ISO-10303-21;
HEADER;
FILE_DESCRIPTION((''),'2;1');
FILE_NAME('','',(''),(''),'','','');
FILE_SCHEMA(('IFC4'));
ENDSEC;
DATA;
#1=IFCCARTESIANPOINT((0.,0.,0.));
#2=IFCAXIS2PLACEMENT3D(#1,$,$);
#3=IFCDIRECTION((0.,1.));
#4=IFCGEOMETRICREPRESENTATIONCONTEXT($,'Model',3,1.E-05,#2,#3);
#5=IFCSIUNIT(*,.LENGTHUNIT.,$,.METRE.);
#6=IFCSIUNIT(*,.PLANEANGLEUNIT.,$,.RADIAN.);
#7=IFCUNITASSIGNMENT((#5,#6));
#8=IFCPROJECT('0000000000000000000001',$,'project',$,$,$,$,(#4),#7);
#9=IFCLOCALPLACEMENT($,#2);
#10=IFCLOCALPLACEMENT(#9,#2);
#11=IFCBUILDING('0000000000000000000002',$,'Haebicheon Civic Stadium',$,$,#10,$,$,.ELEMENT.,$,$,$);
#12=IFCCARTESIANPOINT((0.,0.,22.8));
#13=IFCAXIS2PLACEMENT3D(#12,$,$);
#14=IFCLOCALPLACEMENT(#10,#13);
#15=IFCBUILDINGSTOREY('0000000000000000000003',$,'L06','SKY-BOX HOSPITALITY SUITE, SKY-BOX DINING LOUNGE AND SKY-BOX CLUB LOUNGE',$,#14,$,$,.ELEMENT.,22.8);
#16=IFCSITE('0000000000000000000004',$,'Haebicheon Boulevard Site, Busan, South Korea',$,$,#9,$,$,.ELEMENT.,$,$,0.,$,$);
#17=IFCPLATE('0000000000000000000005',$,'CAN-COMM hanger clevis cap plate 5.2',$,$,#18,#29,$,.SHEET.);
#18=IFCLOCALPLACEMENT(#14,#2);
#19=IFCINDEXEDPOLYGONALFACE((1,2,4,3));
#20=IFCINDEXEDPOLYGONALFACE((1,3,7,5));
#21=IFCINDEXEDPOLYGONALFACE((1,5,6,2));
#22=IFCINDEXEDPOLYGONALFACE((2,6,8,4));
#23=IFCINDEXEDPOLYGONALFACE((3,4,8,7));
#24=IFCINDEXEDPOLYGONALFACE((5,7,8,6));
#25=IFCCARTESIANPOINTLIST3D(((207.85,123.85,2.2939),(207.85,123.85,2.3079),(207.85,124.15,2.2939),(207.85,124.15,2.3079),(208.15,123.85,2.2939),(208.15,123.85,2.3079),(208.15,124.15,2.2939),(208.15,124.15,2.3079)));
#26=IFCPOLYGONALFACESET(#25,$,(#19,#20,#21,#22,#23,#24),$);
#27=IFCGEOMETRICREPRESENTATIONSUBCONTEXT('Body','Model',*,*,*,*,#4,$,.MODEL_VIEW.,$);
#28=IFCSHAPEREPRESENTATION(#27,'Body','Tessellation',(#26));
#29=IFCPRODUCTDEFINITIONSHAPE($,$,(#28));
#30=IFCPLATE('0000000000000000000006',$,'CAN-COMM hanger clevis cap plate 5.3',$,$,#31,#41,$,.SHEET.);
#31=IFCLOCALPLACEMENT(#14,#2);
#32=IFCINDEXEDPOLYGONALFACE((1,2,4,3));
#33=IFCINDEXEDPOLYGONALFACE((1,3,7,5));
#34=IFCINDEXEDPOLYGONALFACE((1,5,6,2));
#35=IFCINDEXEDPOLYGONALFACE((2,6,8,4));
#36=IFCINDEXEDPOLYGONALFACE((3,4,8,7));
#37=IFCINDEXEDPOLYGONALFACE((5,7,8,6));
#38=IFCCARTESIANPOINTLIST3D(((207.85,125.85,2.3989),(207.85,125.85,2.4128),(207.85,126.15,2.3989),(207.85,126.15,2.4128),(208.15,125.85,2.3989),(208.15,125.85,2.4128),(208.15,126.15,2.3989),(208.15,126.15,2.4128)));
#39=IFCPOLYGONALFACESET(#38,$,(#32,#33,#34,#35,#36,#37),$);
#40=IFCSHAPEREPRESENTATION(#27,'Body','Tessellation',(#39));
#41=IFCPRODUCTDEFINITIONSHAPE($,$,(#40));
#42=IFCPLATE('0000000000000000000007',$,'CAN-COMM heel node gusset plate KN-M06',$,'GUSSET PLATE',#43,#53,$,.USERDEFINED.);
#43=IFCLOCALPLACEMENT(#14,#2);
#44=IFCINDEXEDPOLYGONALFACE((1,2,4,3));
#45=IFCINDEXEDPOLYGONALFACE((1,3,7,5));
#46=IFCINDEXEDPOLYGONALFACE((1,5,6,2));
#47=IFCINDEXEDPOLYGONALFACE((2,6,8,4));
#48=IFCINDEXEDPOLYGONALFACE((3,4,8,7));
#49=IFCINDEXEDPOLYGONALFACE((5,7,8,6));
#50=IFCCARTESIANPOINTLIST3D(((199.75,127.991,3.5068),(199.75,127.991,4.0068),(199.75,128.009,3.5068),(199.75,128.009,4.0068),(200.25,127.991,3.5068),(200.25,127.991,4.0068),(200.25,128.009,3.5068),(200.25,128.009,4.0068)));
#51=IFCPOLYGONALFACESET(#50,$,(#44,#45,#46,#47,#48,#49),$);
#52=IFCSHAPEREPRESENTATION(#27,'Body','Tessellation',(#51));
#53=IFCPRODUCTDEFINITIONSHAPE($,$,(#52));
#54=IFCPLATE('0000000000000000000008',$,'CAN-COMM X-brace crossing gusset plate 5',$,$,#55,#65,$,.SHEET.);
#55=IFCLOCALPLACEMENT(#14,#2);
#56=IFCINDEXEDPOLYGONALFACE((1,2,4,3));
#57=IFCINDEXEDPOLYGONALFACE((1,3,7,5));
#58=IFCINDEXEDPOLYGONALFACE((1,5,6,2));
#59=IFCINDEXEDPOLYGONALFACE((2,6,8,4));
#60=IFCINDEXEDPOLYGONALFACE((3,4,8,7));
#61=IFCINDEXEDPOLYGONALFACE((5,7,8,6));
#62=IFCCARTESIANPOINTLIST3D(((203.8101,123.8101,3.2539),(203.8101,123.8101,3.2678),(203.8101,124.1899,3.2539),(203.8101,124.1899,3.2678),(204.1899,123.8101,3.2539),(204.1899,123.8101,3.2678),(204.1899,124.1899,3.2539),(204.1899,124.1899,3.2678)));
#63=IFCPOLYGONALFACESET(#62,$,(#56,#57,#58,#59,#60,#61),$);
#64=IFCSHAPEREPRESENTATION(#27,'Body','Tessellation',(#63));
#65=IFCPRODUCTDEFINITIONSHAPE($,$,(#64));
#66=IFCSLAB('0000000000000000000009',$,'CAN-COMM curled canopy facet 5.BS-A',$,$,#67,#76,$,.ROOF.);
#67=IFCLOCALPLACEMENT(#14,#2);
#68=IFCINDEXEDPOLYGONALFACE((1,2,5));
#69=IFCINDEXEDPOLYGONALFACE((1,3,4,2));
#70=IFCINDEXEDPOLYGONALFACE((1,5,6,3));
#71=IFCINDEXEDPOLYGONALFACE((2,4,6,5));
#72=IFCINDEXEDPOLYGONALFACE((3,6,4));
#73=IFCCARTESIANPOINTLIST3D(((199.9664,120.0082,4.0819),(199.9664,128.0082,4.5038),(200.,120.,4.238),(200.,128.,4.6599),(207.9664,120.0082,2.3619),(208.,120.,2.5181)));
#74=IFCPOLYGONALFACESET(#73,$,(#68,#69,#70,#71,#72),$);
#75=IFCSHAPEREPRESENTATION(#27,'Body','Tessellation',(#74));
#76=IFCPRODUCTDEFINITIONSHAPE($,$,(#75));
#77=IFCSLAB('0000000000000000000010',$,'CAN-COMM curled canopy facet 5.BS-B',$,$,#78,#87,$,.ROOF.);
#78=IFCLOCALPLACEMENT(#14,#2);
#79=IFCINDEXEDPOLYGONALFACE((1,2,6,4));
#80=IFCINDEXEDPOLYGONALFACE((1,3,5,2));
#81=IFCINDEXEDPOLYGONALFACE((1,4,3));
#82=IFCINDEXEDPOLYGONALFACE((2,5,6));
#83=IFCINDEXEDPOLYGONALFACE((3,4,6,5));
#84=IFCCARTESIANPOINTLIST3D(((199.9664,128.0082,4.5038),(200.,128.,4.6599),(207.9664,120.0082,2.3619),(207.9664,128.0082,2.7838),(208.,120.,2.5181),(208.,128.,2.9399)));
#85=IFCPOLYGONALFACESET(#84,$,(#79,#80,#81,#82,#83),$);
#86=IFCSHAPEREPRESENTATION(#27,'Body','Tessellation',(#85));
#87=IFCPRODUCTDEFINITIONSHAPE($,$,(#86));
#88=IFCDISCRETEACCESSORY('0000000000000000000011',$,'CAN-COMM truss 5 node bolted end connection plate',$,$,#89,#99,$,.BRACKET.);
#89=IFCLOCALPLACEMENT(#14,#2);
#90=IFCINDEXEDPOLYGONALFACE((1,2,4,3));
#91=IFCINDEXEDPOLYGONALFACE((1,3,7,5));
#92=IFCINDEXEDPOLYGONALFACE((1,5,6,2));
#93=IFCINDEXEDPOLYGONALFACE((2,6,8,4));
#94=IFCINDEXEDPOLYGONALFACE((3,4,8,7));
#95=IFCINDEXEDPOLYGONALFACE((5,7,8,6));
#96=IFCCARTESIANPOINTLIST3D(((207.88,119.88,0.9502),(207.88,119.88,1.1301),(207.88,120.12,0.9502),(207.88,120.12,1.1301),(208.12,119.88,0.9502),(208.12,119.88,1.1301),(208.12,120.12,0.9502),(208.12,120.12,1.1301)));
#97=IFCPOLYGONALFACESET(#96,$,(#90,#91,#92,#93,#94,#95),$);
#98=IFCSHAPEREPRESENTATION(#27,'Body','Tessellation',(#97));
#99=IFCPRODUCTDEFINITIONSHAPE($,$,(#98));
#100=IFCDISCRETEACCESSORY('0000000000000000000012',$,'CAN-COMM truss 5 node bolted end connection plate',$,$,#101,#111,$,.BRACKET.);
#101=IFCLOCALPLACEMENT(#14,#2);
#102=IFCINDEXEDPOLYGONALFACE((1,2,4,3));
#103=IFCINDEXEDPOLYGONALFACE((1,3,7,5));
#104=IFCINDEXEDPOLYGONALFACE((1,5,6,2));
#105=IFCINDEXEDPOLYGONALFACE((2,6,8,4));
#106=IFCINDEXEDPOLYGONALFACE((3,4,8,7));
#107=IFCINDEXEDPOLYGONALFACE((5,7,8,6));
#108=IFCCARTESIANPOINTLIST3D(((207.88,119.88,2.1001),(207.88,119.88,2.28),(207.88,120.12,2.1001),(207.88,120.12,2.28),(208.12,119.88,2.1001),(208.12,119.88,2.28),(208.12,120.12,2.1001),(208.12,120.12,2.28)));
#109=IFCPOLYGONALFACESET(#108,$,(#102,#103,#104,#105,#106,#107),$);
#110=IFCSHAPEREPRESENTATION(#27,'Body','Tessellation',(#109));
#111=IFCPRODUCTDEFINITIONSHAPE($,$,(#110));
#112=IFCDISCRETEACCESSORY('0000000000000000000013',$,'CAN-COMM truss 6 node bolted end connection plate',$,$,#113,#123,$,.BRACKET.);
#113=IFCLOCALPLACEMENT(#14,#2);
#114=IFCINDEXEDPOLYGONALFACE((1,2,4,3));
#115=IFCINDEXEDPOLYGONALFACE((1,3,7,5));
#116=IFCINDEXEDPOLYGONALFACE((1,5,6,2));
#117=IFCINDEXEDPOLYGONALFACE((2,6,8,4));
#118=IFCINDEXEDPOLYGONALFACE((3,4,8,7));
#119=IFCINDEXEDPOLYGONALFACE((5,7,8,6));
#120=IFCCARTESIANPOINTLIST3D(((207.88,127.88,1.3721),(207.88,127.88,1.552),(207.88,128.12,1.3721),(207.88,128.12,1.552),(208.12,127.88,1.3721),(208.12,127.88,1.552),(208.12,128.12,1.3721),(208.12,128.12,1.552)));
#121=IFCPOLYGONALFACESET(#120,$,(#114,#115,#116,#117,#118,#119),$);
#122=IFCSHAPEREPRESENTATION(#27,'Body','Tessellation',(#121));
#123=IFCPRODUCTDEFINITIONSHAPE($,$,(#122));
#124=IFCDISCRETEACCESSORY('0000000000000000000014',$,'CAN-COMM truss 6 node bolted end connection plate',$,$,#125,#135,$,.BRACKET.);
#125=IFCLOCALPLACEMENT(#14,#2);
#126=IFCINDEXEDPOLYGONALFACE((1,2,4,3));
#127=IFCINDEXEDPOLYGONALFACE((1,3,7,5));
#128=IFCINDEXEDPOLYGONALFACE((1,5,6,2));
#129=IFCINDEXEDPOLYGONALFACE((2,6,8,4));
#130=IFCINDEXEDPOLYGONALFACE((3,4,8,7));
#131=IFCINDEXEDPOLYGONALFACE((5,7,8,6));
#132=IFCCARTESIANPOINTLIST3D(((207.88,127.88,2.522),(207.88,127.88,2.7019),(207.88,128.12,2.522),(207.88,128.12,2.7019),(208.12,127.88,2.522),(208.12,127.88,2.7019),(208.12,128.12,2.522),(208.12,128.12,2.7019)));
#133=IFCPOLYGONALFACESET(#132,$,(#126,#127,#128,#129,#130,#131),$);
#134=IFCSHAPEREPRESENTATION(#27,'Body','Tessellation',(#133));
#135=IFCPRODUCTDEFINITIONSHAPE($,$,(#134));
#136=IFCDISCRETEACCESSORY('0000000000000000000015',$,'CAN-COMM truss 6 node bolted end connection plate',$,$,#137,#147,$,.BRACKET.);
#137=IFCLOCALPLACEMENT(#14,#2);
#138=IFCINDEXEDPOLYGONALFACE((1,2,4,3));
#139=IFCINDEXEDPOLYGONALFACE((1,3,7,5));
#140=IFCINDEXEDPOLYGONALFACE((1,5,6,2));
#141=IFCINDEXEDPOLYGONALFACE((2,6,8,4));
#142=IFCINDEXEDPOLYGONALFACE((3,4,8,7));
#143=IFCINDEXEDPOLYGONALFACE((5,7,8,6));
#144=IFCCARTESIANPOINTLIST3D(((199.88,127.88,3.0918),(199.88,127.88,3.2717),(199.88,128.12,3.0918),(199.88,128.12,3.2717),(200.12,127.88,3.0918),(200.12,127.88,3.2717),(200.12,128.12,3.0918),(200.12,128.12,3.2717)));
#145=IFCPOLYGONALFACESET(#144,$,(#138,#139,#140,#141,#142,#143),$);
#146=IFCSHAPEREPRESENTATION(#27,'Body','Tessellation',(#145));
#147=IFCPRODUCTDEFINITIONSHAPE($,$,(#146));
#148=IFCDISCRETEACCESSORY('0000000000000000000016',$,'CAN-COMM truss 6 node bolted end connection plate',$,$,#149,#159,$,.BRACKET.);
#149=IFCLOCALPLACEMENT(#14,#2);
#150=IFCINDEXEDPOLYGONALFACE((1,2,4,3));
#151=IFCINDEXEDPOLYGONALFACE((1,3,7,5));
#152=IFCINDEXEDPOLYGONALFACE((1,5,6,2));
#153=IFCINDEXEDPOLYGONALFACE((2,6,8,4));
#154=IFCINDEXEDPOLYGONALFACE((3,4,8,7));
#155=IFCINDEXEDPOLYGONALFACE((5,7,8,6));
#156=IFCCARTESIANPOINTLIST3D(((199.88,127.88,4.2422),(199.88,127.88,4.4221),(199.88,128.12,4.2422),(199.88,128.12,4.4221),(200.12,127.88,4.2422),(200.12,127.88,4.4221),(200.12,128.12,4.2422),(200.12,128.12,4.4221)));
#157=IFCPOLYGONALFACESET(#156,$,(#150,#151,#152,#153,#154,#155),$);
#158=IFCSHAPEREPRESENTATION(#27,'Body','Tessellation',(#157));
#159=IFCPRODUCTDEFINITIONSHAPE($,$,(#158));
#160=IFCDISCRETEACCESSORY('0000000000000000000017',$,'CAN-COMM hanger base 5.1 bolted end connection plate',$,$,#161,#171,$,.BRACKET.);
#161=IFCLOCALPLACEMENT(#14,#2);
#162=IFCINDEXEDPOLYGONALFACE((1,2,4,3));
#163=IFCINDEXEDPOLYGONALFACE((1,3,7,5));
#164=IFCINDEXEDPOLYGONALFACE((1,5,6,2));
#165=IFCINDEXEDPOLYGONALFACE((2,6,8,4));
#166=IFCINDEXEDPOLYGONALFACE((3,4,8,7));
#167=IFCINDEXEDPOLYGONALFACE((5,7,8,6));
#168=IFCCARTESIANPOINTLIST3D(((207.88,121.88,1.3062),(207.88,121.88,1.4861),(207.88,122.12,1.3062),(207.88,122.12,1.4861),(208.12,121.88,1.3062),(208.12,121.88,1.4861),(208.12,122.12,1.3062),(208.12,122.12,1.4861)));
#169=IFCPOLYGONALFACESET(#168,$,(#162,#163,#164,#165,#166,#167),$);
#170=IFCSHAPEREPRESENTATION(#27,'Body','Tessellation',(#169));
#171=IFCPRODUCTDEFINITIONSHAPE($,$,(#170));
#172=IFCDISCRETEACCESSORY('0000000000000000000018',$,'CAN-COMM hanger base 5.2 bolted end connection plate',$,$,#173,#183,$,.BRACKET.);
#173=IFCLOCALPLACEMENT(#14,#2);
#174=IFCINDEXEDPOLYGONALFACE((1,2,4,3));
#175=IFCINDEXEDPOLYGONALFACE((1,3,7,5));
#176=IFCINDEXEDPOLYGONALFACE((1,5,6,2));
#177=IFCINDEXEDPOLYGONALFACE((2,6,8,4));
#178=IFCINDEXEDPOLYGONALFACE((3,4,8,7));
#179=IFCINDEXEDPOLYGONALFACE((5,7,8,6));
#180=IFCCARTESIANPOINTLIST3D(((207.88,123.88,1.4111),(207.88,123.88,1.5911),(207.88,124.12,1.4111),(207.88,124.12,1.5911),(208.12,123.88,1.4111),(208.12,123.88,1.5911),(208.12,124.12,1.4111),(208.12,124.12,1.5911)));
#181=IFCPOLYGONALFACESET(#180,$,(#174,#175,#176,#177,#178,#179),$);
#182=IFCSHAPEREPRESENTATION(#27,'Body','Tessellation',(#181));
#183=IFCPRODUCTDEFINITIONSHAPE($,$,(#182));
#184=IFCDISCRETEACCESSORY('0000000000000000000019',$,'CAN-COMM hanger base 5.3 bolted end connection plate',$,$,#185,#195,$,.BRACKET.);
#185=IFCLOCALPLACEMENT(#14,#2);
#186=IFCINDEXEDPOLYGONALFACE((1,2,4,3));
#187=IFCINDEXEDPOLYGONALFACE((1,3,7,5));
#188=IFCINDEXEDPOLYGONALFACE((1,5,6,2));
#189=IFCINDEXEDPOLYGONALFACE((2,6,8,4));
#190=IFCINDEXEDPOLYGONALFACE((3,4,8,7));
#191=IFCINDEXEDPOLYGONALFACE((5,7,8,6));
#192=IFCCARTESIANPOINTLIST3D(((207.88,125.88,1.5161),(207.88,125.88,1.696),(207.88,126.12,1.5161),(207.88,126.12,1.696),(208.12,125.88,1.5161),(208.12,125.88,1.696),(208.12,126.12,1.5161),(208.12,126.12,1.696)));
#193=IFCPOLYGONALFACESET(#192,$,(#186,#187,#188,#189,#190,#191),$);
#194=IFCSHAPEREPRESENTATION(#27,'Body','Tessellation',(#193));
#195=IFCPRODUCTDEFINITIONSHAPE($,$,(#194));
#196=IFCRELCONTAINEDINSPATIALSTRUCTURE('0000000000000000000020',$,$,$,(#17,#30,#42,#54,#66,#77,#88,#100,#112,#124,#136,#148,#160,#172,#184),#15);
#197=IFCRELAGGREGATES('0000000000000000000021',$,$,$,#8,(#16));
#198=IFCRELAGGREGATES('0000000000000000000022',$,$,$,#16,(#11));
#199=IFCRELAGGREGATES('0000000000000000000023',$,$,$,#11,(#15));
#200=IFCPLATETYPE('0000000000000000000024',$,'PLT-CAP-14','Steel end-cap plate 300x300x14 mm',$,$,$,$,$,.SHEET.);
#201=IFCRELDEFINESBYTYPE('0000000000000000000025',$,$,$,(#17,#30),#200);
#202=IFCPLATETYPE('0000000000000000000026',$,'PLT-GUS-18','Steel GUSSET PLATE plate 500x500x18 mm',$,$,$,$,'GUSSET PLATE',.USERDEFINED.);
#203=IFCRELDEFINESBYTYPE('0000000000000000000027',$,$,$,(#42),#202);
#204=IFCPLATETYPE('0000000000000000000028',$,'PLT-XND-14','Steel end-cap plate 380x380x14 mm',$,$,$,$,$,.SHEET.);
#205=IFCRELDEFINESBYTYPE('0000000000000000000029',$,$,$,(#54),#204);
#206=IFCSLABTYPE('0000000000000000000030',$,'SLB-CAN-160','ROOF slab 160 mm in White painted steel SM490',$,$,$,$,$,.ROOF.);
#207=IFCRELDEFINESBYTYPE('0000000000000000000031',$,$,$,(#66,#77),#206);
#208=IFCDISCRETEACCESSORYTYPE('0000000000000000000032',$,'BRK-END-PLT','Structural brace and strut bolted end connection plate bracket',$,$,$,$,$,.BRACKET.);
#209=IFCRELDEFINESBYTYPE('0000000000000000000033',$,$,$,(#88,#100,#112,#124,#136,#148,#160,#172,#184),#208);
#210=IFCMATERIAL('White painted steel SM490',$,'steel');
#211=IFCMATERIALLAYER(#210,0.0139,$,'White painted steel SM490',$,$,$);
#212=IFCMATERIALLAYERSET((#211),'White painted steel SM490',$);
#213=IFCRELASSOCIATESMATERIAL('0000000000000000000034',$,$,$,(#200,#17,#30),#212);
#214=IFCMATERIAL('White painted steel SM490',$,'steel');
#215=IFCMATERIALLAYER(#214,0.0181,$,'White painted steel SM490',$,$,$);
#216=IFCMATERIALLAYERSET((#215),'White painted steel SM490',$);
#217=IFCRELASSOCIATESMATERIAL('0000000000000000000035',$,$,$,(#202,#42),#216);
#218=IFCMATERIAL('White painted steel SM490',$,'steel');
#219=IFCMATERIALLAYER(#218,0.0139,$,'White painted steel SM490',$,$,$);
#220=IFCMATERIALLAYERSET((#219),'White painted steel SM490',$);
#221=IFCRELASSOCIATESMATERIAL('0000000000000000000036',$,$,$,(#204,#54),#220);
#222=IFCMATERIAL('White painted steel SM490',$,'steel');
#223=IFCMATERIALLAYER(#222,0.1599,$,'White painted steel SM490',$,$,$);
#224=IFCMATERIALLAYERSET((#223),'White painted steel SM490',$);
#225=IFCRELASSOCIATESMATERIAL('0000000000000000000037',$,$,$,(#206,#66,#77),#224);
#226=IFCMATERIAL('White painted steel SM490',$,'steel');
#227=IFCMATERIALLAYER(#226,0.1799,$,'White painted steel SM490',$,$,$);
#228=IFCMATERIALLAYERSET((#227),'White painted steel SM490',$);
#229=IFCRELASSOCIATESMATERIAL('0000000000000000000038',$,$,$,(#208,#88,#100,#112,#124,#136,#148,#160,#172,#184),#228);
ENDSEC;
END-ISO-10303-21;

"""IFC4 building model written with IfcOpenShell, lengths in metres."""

from ifc_helpers import new_model, si_unit, direction, frame, origin, origin_2d, place, context, subcontext, project, spatial, polyline, rectangle, outline, extrude, material, layer, layer_set, type_object, element, save


model = new_model("IFC4")

# Units and contexts
model_context = context("Model", 3, precision=1e-05, world=origin(), true_north=direction((0.0, 1.0)))
body_context = subcontext(model_context, "Body", "Model", "MODEL_VIEW")
ifc_project = project(units=[si_unit("LENGTHUNIT", "METRE"), si_unit("PLANEANGLEUNIT", "RADIAN")], contexts=[model_context])

# Site, building, storey
site_placement = place(None, origin())
site = spatial("IfcSite", under=ifc_project, at=site_placement, Name="Haebicheon Boulevard Site, Busan, South Korea", CompositionType="ELEMENT", RefElevation=0.0)
building_placement = place(site_placement, origin())
building = spatial("IfcBuilding", under=site, at=building_placement, Name="Haebicheon Civic Stadium", CompositionType="ELEMENT")
storey_placement = place(building_placement, frame((0.0, 0.0, 22.8)))
storey = spatial("IfcBuildingStorey", under=building, at=storey_placement, Name="L06", Description="SKY-BOX HOSPITALITY SUITE, SKY-BOX DINING LOUNGE AND SKY-BOX CLUB LOUNGE", CompositionType="ELEMENT", Elevation=22.8)

# Plates
ifc_material_1 = material(Name="White painted steel SM490", Category="steel")
ifc_layer_1 = layer(ifc_material_1, 0.0139, Name="White painted steel SM490")
ifc_layer_set_1 = layer_set([ifc_layer_1], Name="White painted steel SM490")
plate_type_1 = type_object("IfcPlateType", Name="PLT-CAP-14", Description="Steel end-cap plate 300x300x14 mm", PredefinedType="SHEET", material=ifc_layer_set_1)
for number, where, z_axis, x_axis, name in (
    (1, (208.0, 124.0, 2.2939), (0.0, 0.0, 1.0), (1.0, 0.0, 0.0), "CAN-COMM hanger clevis cap plate 5.2"),
    (2, (208.0, 126.0, 2.3989), (0.0, 0.0, 1.0), (1.0, 0.0, 0.0), "CAN-COMM hanger clevis cap plate 5.3"),
):
    element("IfcPlate", number, at=place(storey_placement, frame(where, z_axis=z_axis, x_axis=x_axis)), inside=storey, type_object=plate_type_1, material=ifc_layer_set_1, Name=name, PredefinedType="SHEET", context=body_context, shape_type="SweptSolid", body=[
        extrude(rectangle(XDim=0.3, YDim=0.3, at=origin_2d()), origin(), (0.0, 0.0, 1.0), 0.0139),
    ])
ifc_material_2 = material(Name="White painted steel SM490", Category="steel")
ifc_layer_2 = layer(ifc_material_2, 0.0181, Name="White painted steel SM490")
ifc_layer_set_2 = layer_set([ifc_layer_2], Name="White painted steel SM490")
plate_type_2 = type_object("IfcPlateType", Name="PLT-GUS-18", Description="Steel GUSSET PLATE plate 500x500x18 mm", ElementType="GUSSET PLATE", PredefinedType="USERDEFINED", material=ifc_layer_set_2)
plate_1_placement = place(storey_placement, frame((200.0, 128.0, 3.5068), z_axis=(0.0, 0.0, 1.0), x_axis=(1.0, 0.0, 0.0)))
element("IfcPlate", 3, at=plate_1_placement, inside=storey, type_object=plate_type_2, material=ifc_layer_set_2, Name="CAN-COMM heel node gusset plate KN-M06", ObjectType="GUSSET PLATE", PredefinedType="USERDEFINED", context=body_context, shape_type="SweptSolid", body=[
    extrude(rectangle(XDim=0.5, YDim=0.0181, at=origin_2d()), origin(), (0.0, 0.0, 1.0), 0.5),
])
ifc_material_3 = material(Name="White painted steel SM490", Category="steel")
ifc_layer_3 = layer(ifc_material_3, 0.0139, Name="White painted steel SM490")
ifc_layer_set_3 = layer_set([ifc_layer_3], Name="White painted steel SM490")
plate_type_3 = type_object("IfcPlateType", Name="PLT-XND-14", Description="Steel end-cap plate 380x380x14 mm", PredefinedType="SHEET", material=ifc_layer_set_3)
plate_2_placement = place(storey_placement, frame((204.0, 124.0, 3.2539), z_axis=(0.0, 0.0, 1.0), x_axis=(1.0, 0.0, 0.0)))
element("IfcPlate", 4, at=plate_2_placement, inside=storey, type_object=plate_type_3, material=ifc_layer_set_3, Name="CAN-COMM X-brace crossing gusset plate 5", PredefinedType="SHEET", context=body_context, shape_type="SweptSolid", body=[
    extrude(rectangle(XDim=0.3799, YDim=0.3799, at=origin_2d()), origin(), (0.0, 0.0, 1.0), 0.0139),
])

# Slabs
ifc_material_4 = material(Name="White painted steel SM490", Category="steel")
ifc_layer_4 = layer(ifc_material_4, 0.1599, Name="White painted steel SM490")
ifc_layer_set_4 = layer_set([ifc_layer_4], Name="White painted steel SM490")
slab_type = type_object("IfcSlabType", Name="SLB-CAN-160", Description="ROOF slab 160 mm in White painted steel SM490", PredefinedType="ROOF", material=ifc_layer_set_4)
slab_1_placement = place(storey_placement, frame((208.0, 120.0, 2.5181), z_axis=(0.209914, -0.051488, 0.976363), x_axis=(-0.97766, 0.0, 0.210193)))
element("IfcSlab", 5, at=slab_1_placement, inside=storey, type_object=slab_type, material=ifc_layer_set_4, Name="CAN-COMM curled canopy facet 5.BS-A", PredefinedType="ROOF", context=body_context, shape_type="SweptSolid", body=[
    extrude(outline(polyline([(0.0, 0.0), (8.1828, 0.0), (8.2715, -8.0106), (0.0, 0.0)])), origin(), (0.0, 0.0, -1.0), 0.1599),
])
slab_2_placement = place(storey_placement, frame((208.0, 120.0, 2.5181), z_axis=(0.209914, -0.051488, 0.976363), x_axis=(-0.694766, 0.694766, 0.18601)))
element("IfcSlab", 6, at=slab_2_placement, inside=storey, type_object=slab_type, material=ifc_layer_set_4, Name="CAN-COMM curled canopy facet 5.BS-B", PredefinedType="ROOF", context=body_context, shape_type="SweptSolid", body=[
    extrude(outline(polyline([(0.0, 0.0), (11.5147, 0.0), (5.6366, -5.6927), (0.0, 0.0)])), origin(), (0.0, 0.0, -1.0), 0.1599),
])

# Discrete accessories
ifc_material_5 = material(Name="White painted steel SM490", Category="steel")
ifc_layer_5 = layer(ifc_material_5, 0.1799, Name="White painted steel SM490")
ifc_layer_set_5 = layer_set([ifc_layer_5], Name="White painted steel SM490")
discrete_accessory_type = type_object("IfcDiscreteAccessoryType", Name="BRK-END-PLT", Description="Structural brace and strut bolted end connection plate bracket", PredefinedType="BRACKET", material=ifc_layer_set_5)
for number, where, z_axis, x_axis, name in (
    (7, (208.0, 120.0, 0.9502), (0.0, 0.0, 1.0), (1.0, 0.0, 0.0), "CAN-COMM truss 5 node bolted end connection plate"),
    (8, (208.0, 120.0, 2.1001), (0.0, 0.0, 1.0), (1.0, 0.0, 0.0), "CAN-COMM truss 5 node bolted end connection plate"),
    (9, (208.0, 128.0, 1.3721), (0.0, 0.0, 1.0), (1.0, 0.0, 0.0), "CAN-COMM truss 6 node bolted end connection plate"),
    (10, (208.0, 128.0, 2.522), (0.0, 0.0, 1.0), (1.0, 0.0, 0.0), "CAN-COMM truss 6 node bolted end connection plate"),
    (11, (200.0, 128.0, 3.0918), (0.0, 0.0, 1.0), (1.0, 0.0, 0.0), "CAN-COMM truss 6 node bolted end connection plate"),
    (12, (200.0, 128.0, 4.2422), (0.0, 0.0, 1.0), (1.0, 0.0, 0.0), "CAN-COMM truss 6 node bolted end connection plate"),
    (13, (208.0, 122.0, 1.3062), (0.0, 0.0, 1.0), (1.0, 0.0, 0.0), "CAN-COMM hanger base 5.1 bolted end connection plate"),
    (14, (208.0, 124.0, 1.4111), (0.0, 0.0, 1.0), (1.0, 0.0, 0.0), "CAN-COMM hanger base 5.2 bolted end connection plate"),
    (15, (208.0, 126.0, 1.5161), (0.0, 0.0, 1.0), (1.0, 0.0, 0.0), "CAN-COMM hanger base 5.3 bolted end connection plate"),
):
    element("IfcDiscreteAccessory", number, at=place(storey_placement, frame(where, z_axis=z_axis, x_axis=x_axis)), inside=storey, type_object=discrete_accessory_type, material=ifc_layer_set_5, Name=name, PredefinedType="BRACKET", context=body_context, shape_type="SweptSolid", body=[
        extrude(rectangle(XDim=0.24, YDim=0.24, at=origin_2d()), origin(), (0.0, 0.0, 1.0), 0.1799),
    ])

save(model, "model.ifc")
